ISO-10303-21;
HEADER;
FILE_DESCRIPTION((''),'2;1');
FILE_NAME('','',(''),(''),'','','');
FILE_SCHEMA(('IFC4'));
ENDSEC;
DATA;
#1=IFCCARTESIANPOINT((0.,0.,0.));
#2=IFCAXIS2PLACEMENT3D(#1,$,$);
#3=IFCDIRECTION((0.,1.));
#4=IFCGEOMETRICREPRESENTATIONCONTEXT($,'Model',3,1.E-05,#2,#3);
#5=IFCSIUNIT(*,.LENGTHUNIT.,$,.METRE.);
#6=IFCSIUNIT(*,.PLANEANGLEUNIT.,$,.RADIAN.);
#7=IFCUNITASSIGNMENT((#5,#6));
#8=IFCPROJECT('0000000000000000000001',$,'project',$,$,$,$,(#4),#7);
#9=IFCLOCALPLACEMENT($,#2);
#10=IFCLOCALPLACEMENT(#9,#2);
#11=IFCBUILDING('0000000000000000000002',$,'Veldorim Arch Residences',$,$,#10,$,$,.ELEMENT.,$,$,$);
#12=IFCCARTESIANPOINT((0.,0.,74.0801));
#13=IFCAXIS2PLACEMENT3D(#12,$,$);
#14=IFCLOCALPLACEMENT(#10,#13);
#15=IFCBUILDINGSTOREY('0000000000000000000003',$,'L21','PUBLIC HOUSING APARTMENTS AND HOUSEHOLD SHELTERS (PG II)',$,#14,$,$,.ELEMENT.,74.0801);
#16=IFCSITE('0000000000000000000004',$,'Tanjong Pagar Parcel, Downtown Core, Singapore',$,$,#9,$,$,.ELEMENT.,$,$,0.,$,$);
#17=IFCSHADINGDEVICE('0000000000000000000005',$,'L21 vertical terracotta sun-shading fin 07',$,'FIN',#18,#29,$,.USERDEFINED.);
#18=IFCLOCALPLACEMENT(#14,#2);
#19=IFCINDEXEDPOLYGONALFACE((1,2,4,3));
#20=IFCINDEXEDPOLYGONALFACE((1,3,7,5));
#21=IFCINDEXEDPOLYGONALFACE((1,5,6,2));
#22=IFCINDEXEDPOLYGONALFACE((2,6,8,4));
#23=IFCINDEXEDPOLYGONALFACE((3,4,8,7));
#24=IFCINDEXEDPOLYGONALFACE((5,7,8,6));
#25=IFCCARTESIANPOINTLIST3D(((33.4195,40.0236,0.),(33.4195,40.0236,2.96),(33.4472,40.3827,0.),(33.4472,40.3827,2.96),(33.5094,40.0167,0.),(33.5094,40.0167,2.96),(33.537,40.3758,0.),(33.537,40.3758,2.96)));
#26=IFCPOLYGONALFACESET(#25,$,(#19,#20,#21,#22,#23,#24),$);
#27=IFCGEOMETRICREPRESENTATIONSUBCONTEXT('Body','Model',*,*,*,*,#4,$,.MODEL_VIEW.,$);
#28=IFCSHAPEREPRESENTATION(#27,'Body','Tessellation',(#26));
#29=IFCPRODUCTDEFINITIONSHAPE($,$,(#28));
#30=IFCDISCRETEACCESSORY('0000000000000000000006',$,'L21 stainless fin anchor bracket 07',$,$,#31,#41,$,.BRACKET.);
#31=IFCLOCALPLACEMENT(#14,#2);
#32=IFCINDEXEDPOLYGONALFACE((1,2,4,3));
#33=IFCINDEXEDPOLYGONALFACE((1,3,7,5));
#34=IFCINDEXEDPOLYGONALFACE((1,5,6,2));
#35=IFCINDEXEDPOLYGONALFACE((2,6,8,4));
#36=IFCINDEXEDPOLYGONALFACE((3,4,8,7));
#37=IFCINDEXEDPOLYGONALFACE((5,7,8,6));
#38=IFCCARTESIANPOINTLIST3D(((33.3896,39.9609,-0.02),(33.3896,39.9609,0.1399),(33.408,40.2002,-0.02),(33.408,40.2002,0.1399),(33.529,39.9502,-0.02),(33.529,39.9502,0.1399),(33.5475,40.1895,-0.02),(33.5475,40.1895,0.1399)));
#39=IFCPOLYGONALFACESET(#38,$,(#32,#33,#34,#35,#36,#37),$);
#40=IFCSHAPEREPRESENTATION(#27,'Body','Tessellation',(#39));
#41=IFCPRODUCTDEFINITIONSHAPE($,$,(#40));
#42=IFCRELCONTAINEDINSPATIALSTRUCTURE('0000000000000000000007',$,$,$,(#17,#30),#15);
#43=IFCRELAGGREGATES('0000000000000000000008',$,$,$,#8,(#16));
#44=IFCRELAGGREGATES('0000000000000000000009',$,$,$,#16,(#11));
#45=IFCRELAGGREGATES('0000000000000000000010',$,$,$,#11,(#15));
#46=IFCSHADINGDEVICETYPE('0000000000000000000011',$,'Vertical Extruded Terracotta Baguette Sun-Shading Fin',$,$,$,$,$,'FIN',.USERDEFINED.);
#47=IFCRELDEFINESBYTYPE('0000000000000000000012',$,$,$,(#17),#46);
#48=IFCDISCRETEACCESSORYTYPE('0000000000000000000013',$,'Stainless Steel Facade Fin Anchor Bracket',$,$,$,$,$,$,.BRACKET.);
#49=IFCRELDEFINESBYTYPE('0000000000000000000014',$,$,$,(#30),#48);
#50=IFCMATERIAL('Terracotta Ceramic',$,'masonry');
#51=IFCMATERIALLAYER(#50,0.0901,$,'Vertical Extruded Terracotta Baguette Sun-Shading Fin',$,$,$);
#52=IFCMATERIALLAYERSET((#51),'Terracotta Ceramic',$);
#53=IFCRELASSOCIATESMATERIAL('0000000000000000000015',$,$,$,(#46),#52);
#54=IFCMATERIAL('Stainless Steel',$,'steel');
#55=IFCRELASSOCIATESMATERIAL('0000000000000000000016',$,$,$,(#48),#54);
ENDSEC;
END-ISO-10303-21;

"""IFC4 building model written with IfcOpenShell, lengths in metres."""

from ifc_helpers import new_model, si_unit, direction, frame, origin, origin_2d, place, context, subcontext, project, spatial, rectangle, extrude, material, layer, layer_set, type_object, element, save


model = new_model("IFC4")

# Units and contexts
model_context = context("Model", 3, precision=1e-05, world=origin(), true_north=direction((0.0, 1.0)))
body_context = subcontext(model_context, "Body", "Model", "MODEL_VIEW")
ifc_project = project(units=[si_unit("LENGTHUNIT", "METRE"), si_unit("PLANEANGLEUNIT", "RADIAN")], contexts=[model_context])

# Site, building, storey
site_placement = place(None, origin())
site = spatial("IfcSite", under=ifc_project, at=site_placement, Name="Tanjong Pagar Parcel, Downtown Core, Singapore", CompositionType="ELEMENT", RefElevation=0.0)
building_placement = place(site_placement, origin())
building = spatial("IfcBuilding", under=site, at=building_placement, Name="Veldorim Arch Residences", CompositionType="ELEMENT")
storey_placement = place(building_placement, frame((0.0, 0.0, 74.0801)))
storey = spatial("IfcBuildingStorey", under=building, at=storey_placement, Name="L21", Description="PUBLIC HOUSING APARTMENTS AND HOUSEHOLD SHELTERS (PG II)", CompositionType="ELEMENT", Elevation=74.0801)

# Shading device
ifc_material_1 = material(Name="Terracotta Ceramic", Category="masonry")
ifc_layer_1 = layer(ifc_material_1, 0.0901, Name="Vertical Extruded Terracotta Baguette Sun-Shading Fin")
ifc_layer_set_1 = layer_set([ifc_layer_1], Name="Terracotta Ceramic")
shading_device_type = type_object("IfcShadingDeviceType", Name="Vertical Extruded Terracotta Baguette Sun-Shading Fin", ElementType="FIN", PredefinedType="USERDEFINED", material=ifc_layer_set_1)
shading_device_placement = place(storey_placement, frame((33.4783, 40.1997, 0.0), z_axis=(0.0, 0.0, 1.0), x_axis=(0.997053, -0.076719, 0.0)))
element("IfcShadingDevice", 1, at=shading_device_placement, inside=storey, type_object=shading_device_type, Name="L21 vertical terracotta sun-shading fin 07", ObjectType="FIN", PredefinedType="USERDEFINED", context=body_context, shape_type="SweptSolid", body=[
    extrude(rectangle(XDim=0.0901, YDim=0.3601, at=origin_2d()), origin(), (0.0, 0.0, 1.0), 2.96),
])

# Discrete accessory
ifc_material_2 = material(Name="Stainless Steel", Category="steel")
discrete_accessory_type = type_object("IfcDiscreteAccessoryType", Name="Stainless Steel Facade Fin Anchor Bracket", PredefinedType="BRACKET", material=ifc_material_2)
discrete_accessory_placement = place(storey_placement, frame((33.4685, 40.0752, -0.02), z_axis=(0.0, 0.0, 1.0), x_axis=(0.997053, -0.076719, 0.0)))
element("IfcDiscreteAccessory", 2, at=discrete_accessory_placement, inside=storey, type_object=discrete_accessory_type, Name="L21 stainless fin anchor bracket 07", PredefinedType="BRACKET", context=body_context, shape_type="SweptSolid", body=[
    extrude(rectangle(XDim=0.1399, YDim=0.24, at=origin_2d()), origin(), (0.0, 0.0, 1.0), 0.1599),
])

save(model, "model.ifc")
